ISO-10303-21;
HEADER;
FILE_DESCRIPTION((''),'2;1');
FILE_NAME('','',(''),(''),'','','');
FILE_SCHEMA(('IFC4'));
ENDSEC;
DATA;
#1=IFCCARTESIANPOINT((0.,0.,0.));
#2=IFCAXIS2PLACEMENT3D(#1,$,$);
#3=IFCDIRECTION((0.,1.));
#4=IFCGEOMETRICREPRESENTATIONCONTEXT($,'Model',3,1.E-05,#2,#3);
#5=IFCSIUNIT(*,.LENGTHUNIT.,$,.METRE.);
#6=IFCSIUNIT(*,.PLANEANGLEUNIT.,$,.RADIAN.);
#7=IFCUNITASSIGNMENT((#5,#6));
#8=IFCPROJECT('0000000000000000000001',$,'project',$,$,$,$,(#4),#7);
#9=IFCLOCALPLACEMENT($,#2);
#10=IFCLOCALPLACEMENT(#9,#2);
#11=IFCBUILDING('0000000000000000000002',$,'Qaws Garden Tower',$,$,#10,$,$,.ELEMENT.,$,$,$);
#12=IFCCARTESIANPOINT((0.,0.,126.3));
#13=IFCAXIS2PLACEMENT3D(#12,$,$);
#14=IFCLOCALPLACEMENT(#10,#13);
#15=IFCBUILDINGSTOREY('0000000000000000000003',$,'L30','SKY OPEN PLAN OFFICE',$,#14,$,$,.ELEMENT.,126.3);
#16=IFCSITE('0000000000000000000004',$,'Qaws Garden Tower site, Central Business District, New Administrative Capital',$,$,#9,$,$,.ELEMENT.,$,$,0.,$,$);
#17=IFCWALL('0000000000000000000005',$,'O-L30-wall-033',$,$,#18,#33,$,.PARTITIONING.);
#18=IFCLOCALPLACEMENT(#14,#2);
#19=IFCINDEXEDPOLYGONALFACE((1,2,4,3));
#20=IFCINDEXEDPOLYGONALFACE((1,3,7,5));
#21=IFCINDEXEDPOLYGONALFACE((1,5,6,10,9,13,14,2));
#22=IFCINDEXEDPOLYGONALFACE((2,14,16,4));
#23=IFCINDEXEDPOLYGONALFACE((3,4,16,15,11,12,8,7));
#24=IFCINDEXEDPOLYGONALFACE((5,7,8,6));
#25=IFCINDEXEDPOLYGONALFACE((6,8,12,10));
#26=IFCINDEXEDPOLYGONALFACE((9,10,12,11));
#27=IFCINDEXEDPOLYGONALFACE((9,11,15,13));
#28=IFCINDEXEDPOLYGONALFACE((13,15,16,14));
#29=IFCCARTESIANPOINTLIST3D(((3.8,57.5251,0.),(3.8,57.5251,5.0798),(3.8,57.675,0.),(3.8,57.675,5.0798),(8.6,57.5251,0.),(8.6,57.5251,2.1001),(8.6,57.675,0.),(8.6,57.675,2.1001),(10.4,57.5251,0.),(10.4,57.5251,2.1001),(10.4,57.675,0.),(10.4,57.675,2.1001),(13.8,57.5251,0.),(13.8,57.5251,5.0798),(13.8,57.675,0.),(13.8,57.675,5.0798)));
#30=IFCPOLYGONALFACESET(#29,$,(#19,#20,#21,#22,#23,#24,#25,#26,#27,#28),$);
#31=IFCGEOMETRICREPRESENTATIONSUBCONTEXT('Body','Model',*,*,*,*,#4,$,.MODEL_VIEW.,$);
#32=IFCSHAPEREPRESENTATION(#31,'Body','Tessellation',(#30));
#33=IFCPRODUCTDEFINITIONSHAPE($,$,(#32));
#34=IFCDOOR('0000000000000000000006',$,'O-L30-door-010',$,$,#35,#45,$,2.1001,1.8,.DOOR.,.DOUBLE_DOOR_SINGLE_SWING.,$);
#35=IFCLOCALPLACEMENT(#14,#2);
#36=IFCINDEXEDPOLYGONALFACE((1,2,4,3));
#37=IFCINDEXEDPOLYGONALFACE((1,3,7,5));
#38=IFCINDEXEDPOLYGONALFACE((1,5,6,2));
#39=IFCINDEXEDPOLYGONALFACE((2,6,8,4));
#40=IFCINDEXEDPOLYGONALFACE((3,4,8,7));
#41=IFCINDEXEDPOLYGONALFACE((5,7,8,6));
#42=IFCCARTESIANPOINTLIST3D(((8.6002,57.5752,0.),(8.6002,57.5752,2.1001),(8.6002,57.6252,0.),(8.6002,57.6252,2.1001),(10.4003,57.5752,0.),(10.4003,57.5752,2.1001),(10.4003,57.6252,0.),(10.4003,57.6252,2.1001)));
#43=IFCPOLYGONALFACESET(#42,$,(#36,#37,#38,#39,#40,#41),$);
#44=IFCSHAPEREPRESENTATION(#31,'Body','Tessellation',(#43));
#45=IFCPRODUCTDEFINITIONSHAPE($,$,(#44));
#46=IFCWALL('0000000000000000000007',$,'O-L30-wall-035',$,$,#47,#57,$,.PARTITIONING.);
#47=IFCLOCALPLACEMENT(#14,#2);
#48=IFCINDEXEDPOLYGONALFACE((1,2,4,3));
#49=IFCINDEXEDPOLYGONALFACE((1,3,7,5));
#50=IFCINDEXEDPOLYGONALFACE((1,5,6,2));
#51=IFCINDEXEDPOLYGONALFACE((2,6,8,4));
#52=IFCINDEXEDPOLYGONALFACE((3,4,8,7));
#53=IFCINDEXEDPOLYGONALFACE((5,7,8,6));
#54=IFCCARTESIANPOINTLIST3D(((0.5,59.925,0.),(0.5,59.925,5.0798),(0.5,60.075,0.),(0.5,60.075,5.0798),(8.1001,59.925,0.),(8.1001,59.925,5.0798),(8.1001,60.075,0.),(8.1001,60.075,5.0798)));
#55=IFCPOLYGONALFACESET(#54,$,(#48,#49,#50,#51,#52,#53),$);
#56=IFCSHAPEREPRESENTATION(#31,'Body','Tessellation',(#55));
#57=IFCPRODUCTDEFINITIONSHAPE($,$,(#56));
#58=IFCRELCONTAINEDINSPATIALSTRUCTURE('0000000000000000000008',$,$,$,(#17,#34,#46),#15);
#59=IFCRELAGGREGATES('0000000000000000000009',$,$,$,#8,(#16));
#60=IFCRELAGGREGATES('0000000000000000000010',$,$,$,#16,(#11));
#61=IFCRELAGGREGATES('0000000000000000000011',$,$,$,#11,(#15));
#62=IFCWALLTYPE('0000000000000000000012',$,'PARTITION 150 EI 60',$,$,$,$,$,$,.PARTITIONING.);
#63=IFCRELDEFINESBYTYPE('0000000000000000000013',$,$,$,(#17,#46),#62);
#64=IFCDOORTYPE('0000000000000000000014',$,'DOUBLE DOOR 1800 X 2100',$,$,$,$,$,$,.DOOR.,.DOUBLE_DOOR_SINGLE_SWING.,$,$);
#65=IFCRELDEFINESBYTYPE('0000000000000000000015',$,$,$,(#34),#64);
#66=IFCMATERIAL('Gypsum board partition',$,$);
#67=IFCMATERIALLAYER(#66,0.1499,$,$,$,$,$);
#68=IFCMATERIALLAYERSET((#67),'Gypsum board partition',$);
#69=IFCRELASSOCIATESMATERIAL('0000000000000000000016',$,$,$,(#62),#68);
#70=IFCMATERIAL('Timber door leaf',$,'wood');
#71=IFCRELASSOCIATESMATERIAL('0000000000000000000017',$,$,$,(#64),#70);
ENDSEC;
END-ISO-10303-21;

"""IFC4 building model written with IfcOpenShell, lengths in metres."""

from ifc_helpers import new_model, si_unit, direction, frame, frame_2d, origin, place, context, subcontext, project, spatial, rectangle, extrude, material, layer, layer_set, type_object, element, fill, save


model = new_model("IFC4")

# Units and contexts
model_context = context("Model", 3, precision=1e-05, world=origin(), true_north=direction((0.0, 1.0)))
body_context = subcontext(model_context, "Body", "Model", "MODEL_VIEW")
ifc_project = project(units=[si_unit("LENGTHUNIT", "METRE"), si_unit("PLANEANGLEUNIT", "RADIAN")], contexts=[model_context])

# Site, building, storey
site_placement = place(None, origin())
site = spatial("IfcSite", under=ifc_project, at=site_placement, Name="Qaws Garden Tower site, Central Business District, New Administrative Capital", CompositionType="ELEMENT", RefElevation=0.0)
building_placement = place(site_placement, origin())
building = spatial("IfcBuilding", under=site, at=building_placement, Name="Qaws Garden Tower", CompositionType="ELEMENT")
storey_placement = place(building_placement, frame((0.0, 0.0, 126.3)))
storey = spatial("IfcBuildingStorey", under=building, at=storey_placement, Name="L30", Description="SKY OPEN PLAN OFFICE", CompositionType="ELEMENT", Elevation=126.3)

# Shared definitions
ifc_material_1 = material(Name="Gypsum board partition")
ifc_layer_1 = layer(ifc_material_1, 0.1499)
ifc_layer_set_1 = layer_set([ifc_layer_1], Name="Gypsum board partition")
wall_type_1 = type_object("IfcWallType", Name="PARTITION 150 EI 60", PredefinedType="PARTITIONING", material=ifc_layer_set_1)

# Shared definitions
ifc_material_2 = material(Name="Timber door leaf", Category="wood")
door_type_1 = type_object("IfcDoorType", Name="DOUBLE DOOR 1800 X 2100", OperationType="DOUBLE_DOOR_SINGLE_SWING", PredefinedType="DOOR", material=ifc_material_2)

# Wall, opening, door
wall_1_placement = place(storey_placement, frame((3.8, 57.6001, 0.0), z_axis=(0.0, 0.0, 1.0), x_axis=(1.0, 0.0, 0.0)))
wall_1 = element("IfcWall", 1, at=wall_1_placement, inside=storey, type_object=wall_type_1, Name="O-L30-wall-033", PredefinedType="PARTITIONING", context=body_context, shape_type="SweptSolid", body=[
    extrude(rectangle(XDim=10.0, YDim=0.1499, at=frame_2d((5.0, 0.0))), origin(), (0.0, 0.0, 1.0), 5.0798),
])
opening_1_placement = place(wall_1_placement, frame((4.8, 0.0, 0.0)))
opening_1 = element("IfcOpeningElement", 2, at=opening_1_placement, cuts=wall_1, PredefinedType="OPENING", context=body_context, shape_type="SweptSolid", body=[
    extrude(rectangle(XDim=1.8, YDim=2.1001, at=frame_2d((0.8999, 1.05))), frame((0.0, 0.085, 0.0), z_axis=(0.0, -1.0, 0.0), x_axis=(1.0, 0.0, 0.0)), (0.0, 0.0, 1.0), 0.1699),
])
door_1_placement = place(opening_1_placement, frame((1.8, 0.0, 0.0), z_axis=(0.0, 0.0, 1.0), x_axis=(-1.0, 0.0, 0.0)))
door_1 = element("IfcDoor", 3, at=door_1_placement, inside=storey, type_object=door_type_1, Name="O-L30-door-010", OperationType="DOUBLE_DOOR_SINGLE_SWING", OverallHeight=2.1001, OverallWidth=1.8, PredefinedType="DOOR", context=body_context, shape_type="SweptSolid", body=[
    extrude(rectangle(XDim=1.8, YDim=2.1001, at=frame_2d((0.8999, 1.05))), frame((0.0, 0.0249, 0.0), z_axis=(0.0, -1.0, 0.0), x_axis=(1.0, 0.0, 0.0)), (0.0, 0.0, 1.0), 0.05),
])
fill(opening_1, door_1)

# Wall
wall_2_placement = place(storey_placement, frame((0.5, 60.0, 0.0), z_axis=(0.0, 0.0, 1.0), x_axis=(1.0, 0.0, 0.0)))
element("IfcWall", 4, at=wall_2_placement, inside=storey, type_object=wall_type_1, Name="O-L30-wall-035", PredefinedType="PARTITIONING", context=body_context, shape_type="SweptSolid", body=[
    extrude(rectangle(XDim=7.6001, YDim=0.1499, at=frame_2d((3.8, 0.0))), origin(), (0.0, 0.0, 1.0), 5.0798),
])

save(model, "model.ifc")
